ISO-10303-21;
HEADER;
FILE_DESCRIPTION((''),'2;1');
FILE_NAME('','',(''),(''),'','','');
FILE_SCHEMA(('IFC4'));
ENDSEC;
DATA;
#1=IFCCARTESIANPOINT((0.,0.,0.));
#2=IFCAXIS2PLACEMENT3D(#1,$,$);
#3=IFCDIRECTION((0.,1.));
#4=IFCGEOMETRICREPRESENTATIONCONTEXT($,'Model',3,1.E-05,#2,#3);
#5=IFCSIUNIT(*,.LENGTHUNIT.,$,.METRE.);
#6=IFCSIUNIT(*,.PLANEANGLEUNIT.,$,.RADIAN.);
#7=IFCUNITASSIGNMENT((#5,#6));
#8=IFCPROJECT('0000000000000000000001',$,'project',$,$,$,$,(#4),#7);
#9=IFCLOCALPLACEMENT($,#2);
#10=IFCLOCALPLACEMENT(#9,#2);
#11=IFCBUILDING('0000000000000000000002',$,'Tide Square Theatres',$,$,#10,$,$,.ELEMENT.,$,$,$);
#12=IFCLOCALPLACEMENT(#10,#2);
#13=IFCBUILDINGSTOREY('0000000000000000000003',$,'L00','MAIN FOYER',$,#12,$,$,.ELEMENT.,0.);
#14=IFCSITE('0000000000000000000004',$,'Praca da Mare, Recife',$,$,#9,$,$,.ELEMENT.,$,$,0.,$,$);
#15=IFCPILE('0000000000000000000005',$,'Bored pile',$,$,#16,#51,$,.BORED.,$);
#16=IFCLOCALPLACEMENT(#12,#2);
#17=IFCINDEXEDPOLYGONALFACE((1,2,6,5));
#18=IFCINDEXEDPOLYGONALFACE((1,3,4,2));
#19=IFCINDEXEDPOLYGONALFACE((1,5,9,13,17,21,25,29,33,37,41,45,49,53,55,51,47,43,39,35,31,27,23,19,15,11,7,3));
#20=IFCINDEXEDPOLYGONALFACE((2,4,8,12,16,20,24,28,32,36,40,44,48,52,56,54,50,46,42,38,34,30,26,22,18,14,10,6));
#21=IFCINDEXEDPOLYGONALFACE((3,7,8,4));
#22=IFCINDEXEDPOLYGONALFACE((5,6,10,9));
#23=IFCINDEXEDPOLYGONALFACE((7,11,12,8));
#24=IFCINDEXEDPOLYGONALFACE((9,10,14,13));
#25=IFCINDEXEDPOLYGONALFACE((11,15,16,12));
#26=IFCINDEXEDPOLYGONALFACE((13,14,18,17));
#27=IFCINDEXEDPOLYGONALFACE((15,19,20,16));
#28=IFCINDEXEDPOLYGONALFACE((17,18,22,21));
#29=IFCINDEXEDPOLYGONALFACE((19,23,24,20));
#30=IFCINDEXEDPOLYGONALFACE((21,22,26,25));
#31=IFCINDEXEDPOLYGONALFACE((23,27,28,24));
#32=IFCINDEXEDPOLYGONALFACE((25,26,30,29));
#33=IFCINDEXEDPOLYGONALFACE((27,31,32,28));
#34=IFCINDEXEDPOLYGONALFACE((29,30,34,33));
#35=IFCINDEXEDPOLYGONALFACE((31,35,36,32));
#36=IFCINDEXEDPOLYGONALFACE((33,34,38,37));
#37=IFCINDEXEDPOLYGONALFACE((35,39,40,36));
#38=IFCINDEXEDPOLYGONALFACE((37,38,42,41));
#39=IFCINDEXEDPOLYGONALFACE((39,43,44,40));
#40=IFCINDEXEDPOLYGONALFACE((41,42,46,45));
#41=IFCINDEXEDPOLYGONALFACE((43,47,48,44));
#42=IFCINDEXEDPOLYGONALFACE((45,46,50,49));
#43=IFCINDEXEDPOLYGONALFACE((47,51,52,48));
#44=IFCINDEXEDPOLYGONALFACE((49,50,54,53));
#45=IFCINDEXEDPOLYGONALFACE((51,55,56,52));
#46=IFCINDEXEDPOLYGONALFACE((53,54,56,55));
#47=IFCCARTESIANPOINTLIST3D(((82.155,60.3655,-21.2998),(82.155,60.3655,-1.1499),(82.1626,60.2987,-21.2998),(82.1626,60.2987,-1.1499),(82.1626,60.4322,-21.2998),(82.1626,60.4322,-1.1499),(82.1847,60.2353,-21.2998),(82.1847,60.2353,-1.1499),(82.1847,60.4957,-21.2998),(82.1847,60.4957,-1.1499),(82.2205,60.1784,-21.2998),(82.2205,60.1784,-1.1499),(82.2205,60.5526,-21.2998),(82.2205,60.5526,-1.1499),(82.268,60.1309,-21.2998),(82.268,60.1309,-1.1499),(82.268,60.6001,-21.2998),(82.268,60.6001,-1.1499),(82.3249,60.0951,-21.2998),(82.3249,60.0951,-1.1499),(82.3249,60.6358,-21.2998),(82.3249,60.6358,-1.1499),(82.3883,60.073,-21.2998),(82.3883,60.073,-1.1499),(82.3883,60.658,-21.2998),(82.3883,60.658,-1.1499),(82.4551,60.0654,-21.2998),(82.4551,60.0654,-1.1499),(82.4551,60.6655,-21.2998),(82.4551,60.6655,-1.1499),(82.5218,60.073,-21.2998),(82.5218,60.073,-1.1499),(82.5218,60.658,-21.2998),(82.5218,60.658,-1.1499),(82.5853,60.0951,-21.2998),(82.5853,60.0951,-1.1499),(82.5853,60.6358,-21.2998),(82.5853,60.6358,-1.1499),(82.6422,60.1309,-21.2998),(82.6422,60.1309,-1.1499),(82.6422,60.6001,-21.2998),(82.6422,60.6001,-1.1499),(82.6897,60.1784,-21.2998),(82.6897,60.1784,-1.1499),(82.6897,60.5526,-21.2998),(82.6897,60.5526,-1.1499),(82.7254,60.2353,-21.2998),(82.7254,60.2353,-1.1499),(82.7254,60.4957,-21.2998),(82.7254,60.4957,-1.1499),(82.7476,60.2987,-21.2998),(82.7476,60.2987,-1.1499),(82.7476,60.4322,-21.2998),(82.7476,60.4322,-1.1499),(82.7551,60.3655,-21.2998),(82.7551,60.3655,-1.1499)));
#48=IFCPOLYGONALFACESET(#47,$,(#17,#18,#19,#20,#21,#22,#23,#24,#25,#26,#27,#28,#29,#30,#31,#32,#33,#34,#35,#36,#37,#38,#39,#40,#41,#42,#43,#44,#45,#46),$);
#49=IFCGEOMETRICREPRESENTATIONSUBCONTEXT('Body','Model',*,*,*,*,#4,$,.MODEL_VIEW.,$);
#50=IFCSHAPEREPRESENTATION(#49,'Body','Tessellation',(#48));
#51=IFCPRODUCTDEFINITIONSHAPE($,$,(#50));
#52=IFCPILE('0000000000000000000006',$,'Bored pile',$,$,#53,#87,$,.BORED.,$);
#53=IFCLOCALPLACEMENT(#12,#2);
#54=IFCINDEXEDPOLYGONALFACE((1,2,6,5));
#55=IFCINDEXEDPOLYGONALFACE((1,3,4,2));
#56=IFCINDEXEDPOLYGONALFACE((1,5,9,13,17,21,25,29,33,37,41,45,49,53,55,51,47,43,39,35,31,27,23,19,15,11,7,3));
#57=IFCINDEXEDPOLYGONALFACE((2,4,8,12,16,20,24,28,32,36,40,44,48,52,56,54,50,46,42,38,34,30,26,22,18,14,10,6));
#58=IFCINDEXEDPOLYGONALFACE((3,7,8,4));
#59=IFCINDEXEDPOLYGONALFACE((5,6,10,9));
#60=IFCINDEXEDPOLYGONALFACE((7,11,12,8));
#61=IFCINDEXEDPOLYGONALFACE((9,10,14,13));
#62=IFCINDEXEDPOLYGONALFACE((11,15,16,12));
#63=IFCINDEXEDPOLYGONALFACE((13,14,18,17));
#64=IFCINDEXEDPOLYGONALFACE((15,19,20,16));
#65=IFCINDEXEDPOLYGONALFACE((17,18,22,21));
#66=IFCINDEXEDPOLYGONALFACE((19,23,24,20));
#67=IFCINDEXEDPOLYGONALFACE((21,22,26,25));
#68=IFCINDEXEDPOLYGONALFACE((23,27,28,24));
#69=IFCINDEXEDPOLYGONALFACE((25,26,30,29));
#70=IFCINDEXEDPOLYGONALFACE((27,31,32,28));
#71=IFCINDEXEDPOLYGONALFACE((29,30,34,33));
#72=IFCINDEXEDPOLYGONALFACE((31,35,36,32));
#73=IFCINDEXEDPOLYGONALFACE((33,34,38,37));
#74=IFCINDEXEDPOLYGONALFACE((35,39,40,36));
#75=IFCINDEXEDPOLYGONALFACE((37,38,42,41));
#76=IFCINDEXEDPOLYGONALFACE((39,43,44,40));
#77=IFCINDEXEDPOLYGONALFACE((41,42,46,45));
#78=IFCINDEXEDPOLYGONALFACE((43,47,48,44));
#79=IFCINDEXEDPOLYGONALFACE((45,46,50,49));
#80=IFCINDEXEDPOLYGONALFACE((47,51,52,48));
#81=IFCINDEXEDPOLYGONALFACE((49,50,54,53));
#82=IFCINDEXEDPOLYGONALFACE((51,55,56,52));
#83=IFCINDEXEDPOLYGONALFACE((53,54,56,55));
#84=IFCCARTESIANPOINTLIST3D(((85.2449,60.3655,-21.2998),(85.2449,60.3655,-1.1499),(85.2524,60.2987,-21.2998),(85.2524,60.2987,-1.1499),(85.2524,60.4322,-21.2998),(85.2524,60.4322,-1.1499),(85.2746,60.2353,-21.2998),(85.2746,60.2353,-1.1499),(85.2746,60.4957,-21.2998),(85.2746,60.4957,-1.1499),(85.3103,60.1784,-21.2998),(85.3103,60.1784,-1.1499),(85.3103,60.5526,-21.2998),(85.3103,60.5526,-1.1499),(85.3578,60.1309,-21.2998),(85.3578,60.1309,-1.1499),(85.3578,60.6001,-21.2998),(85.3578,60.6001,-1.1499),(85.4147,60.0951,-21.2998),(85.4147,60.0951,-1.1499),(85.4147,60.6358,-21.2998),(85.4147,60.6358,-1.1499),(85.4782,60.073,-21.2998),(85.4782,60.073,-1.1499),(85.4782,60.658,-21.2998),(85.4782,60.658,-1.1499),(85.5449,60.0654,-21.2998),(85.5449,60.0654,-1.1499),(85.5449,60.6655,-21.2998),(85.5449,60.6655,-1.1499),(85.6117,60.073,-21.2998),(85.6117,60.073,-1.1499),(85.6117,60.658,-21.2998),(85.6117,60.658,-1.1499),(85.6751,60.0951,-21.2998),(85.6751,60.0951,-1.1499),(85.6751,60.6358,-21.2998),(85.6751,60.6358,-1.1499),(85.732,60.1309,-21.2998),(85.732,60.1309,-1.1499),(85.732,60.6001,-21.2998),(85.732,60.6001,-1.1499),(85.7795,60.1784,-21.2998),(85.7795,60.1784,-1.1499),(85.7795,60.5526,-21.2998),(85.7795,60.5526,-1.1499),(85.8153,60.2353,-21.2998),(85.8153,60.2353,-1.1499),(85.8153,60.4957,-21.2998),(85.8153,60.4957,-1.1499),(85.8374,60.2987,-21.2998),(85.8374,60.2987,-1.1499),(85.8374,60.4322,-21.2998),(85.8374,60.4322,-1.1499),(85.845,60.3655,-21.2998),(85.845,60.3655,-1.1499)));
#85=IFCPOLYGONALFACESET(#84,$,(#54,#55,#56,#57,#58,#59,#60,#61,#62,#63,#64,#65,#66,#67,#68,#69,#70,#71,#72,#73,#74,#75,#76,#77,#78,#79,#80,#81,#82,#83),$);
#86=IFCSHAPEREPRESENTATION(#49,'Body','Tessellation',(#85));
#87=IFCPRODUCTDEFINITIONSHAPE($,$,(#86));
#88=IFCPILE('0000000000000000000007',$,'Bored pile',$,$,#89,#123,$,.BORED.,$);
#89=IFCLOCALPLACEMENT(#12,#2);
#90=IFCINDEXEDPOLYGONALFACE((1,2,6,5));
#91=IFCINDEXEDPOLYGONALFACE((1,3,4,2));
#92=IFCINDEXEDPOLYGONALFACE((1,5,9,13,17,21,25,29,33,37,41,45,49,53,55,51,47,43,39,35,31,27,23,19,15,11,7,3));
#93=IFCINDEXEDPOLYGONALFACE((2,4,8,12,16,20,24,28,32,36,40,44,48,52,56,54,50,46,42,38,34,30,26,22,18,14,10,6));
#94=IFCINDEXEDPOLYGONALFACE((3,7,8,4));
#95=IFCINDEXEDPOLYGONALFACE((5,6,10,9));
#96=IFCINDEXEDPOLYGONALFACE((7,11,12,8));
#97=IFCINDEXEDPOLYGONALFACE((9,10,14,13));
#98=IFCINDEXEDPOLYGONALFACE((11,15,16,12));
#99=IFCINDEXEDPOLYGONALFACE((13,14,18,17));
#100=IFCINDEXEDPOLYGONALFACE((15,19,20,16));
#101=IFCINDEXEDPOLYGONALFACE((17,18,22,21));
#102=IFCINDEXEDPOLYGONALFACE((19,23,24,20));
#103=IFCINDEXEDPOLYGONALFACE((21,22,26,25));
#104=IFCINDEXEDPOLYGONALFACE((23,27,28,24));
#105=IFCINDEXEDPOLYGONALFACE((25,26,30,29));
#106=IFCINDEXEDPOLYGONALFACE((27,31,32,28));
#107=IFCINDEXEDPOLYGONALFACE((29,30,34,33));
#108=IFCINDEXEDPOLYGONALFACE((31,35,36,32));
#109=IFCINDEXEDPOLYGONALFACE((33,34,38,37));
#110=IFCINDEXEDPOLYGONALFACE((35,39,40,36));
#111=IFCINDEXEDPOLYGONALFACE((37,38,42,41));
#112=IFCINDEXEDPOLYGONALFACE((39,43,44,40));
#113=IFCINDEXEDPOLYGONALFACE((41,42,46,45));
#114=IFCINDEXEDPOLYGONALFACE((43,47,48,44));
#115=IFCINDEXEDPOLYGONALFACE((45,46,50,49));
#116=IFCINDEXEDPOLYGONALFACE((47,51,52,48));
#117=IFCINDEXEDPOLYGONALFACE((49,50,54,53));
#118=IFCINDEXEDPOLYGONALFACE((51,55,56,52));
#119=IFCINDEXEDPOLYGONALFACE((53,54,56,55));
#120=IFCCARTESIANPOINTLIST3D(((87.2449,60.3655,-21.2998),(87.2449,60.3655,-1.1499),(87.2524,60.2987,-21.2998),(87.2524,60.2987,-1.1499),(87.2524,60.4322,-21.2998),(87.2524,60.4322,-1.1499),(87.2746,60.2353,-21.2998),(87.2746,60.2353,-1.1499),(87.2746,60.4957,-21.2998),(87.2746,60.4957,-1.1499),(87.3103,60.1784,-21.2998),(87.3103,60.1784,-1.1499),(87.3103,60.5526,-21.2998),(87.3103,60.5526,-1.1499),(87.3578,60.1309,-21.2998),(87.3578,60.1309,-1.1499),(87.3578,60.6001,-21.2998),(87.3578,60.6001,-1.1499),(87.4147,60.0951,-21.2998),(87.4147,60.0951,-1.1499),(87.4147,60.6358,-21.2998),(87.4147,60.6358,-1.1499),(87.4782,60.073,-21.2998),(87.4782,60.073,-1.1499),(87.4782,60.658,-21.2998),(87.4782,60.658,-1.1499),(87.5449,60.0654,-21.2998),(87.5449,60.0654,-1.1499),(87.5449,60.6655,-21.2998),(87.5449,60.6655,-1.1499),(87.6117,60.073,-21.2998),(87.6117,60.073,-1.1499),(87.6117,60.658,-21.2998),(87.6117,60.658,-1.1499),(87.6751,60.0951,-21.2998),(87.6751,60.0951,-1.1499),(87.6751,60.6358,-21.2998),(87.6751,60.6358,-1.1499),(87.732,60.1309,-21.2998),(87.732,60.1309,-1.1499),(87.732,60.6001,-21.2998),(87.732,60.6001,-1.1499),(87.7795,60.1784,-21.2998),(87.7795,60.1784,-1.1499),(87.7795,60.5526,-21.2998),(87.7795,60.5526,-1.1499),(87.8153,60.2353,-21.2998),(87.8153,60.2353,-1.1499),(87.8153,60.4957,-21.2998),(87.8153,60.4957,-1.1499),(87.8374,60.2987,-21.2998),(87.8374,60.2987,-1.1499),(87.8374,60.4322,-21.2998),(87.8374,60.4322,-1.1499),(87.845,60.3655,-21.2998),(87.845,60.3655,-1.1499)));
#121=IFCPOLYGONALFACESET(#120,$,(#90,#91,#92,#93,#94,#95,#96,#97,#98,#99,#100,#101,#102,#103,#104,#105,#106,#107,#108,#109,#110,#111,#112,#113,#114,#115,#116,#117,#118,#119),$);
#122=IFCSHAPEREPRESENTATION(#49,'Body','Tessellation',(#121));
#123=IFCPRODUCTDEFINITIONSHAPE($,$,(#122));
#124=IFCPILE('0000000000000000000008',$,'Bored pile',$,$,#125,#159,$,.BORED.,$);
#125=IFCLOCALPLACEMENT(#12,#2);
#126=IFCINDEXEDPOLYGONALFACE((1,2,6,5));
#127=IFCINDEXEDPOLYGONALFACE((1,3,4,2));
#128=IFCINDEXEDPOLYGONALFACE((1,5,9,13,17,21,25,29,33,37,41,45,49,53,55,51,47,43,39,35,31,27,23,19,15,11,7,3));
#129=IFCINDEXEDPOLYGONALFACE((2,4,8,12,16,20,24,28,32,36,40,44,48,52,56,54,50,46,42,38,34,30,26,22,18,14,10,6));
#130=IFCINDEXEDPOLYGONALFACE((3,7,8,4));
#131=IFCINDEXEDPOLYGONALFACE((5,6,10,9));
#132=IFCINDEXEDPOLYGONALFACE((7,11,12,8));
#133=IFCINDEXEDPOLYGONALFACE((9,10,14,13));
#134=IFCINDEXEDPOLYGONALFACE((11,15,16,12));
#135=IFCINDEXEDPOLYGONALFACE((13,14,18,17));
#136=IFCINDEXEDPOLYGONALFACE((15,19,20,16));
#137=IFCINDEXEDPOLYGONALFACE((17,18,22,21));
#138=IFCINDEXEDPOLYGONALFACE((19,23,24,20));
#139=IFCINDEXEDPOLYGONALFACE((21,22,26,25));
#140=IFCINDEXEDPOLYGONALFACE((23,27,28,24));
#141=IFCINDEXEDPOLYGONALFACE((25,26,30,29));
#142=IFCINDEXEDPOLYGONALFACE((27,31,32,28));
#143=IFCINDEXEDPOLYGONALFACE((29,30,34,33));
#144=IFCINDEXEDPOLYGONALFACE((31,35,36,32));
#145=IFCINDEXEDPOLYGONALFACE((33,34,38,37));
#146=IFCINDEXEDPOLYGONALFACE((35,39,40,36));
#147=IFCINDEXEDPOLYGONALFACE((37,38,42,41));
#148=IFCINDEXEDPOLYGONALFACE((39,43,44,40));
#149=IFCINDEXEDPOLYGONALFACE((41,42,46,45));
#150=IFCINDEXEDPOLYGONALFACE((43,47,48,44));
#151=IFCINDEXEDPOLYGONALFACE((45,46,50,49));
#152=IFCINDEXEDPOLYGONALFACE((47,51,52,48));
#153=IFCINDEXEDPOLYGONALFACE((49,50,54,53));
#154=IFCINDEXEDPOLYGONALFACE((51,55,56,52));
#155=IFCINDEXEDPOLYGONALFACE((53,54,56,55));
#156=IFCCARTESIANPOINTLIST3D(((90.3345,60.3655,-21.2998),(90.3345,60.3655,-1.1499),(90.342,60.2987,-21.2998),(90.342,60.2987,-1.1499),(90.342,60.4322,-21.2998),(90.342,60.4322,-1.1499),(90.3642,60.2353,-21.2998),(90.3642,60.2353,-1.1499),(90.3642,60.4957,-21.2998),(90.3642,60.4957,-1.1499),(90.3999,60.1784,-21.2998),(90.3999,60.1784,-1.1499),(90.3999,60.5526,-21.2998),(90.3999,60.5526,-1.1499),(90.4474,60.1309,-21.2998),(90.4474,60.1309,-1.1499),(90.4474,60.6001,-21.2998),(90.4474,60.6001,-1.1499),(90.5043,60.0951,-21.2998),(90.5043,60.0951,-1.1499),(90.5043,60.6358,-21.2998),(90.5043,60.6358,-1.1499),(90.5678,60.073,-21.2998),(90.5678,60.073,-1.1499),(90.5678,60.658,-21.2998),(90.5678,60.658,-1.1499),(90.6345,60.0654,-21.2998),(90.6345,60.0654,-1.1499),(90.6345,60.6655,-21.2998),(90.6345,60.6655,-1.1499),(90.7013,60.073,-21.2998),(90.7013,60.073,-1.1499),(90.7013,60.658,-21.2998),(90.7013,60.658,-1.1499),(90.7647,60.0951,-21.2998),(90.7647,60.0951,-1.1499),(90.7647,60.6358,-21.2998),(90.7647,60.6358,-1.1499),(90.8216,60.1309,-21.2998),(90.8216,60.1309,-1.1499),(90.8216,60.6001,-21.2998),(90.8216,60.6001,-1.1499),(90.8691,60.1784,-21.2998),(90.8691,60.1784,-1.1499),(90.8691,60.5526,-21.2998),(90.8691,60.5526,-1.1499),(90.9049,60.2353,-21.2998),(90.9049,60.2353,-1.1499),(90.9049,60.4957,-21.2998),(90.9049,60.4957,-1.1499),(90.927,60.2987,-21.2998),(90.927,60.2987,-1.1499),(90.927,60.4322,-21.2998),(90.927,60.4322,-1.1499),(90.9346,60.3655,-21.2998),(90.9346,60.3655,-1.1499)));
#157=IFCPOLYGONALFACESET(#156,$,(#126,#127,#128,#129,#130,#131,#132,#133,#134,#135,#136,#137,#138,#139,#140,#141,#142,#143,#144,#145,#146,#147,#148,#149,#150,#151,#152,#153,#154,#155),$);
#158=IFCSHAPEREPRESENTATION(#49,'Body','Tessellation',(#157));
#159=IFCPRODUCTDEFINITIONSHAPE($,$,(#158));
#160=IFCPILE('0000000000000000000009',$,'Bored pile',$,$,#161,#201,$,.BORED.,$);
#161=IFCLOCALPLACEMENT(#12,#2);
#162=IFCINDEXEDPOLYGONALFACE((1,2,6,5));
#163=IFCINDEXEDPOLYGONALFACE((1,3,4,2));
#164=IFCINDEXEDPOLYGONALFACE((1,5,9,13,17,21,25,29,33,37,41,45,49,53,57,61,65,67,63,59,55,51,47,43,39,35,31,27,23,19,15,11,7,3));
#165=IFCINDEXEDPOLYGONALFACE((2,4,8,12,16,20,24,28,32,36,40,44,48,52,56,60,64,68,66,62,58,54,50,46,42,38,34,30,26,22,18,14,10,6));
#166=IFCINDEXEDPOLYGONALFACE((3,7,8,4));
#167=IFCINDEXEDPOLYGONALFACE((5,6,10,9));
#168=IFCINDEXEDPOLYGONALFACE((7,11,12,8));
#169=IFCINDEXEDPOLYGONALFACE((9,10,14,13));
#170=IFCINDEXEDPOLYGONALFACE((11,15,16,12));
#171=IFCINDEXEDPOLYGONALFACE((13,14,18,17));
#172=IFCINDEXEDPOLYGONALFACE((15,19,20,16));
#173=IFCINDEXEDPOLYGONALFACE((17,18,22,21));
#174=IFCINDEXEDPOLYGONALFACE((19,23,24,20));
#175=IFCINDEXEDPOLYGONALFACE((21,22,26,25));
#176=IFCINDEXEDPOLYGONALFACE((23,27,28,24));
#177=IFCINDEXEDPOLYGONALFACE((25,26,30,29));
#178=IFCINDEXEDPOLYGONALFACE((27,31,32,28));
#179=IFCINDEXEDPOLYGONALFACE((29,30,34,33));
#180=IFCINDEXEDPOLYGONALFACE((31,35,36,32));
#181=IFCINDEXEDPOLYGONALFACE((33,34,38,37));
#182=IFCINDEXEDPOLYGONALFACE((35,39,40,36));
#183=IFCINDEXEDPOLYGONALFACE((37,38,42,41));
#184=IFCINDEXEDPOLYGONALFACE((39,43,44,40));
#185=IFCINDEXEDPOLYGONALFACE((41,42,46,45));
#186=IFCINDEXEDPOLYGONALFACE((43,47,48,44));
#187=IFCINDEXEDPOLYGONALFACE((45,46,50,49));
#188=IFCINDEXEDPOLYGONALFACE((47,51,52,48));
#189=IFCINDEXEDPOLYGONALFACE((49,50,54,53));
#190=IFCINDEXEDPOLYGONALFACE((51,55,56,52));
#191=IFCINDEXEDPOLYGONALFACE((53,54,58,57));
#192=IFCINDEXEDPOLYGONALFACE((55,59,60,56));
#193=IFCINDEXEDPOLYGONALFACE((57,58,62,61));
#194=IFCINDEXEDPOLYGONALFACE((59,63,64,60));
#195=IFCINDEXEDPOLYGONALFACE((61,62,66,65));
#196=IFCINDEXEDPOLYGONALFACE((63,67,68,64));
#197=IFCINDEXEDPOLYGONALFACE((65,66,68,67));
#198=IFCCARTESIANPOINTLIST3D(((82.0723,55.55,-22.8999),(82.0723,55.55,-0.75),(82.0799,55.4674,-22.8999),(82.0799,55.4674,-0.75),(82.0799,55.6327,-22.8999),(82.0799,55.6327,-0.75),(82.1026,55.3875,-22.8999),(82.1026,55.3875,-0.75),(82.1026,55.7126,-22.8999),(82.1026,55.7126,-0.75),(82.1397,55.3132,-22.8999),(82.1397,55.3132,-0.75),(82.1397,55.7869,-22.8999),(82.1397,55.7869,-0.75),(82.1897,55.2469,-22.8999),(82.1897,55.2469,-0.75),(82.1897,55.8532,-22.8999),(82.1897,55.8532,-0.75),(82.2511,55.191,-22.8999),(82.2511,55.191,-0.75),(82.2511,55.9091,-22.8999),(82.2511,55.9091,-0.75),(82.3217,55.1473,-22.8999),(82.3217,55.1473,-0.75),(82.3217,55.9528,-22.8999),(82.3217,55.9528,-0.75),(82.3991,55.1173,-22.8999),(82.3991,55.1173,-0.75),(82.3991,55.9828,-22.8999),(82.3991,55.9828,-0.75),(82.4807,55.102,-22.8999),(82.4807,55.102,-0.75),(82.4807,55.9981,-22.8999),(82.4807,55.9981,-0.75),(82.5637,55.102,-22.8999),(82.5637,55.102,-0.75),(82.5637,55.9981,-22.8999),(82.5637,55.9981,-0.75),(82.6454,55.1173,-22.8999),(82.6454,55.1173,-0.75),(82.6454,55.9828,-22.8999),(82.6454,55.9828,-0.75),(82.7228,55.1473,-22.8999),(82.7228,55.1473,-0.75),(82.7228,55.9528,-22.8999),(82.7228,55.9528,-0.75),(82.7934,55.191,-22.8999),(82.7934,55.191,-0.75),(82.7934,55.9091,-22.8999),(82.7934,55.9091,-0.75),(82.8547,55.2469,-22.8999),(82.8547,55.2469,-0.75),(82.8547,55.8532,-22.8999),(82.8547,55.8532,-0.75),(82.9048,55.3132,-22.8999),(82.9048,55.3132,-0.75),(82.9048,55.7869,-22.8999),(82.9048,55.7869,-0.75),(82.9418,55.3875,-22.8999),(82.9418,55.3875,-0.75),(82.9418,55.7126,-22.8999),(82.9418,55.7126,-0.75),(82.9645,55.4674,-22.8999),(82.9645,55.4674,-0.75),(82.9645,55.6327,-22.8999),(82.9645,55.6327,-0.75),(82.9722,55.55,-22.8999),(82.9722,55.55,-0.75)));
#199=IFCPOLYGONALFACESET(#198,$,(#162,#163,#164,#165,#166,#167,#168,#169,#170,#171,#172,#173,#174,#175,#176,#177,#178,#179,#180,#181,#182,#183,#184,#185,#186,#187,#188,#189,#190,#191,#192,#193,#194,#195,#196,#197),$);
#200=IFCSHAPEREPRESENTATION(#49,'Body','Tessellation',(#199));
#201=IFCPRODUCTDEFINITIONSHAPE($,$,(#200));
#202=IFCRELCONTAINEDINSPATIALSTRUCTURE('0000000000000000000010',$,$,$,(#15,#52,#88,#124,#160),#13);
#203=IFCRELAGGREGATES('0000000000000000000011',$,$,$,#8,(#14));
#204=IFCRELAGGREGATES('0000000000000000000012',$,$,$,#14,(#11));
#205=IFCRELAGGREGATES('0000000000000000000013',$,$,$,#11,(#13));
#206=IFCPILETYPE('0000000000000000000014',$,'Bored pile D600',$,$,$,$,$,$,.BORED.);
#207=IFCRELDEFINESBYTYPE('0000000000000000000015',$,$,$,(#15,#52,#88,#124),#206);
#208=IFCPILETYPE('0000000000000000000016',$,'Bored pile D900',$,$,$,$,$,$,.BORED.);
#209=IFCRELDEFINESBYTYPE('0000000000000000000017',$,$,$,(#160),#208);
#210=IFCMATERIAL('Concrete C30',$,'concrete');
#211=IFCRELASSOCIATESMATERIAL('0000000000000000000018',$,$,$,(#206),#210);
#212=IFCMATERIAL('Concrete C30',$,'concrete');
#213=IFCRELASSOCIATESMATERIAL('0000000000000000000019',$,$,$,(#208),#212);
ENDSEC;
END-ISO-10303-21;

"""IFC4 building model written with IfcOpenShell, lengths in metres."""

from ifc_helpers import new_model, si_unit, direction, frame, origin, origin_2d, place, context, subcontext, project, spatial, circle, extrude, material, material_profile, profile_set, type_object, element, save


model = new_model("IFC4")

# Units and contexts
model_context = context("Model", 3, precision=1e-05, world=origin(), true_north=direction((0.0, 1.0)))
body_context = subcontext(model_context, "Body", "Model", "MODEL_VIEW")
ifc_project = project(units=[si_unit("LENGTHUNIT", "METRE"), si_unit("PLANEANGLEUNIT", "RADIAN")], contexts=[model_context])

# Site, building, storey
site_placement = place(None, origin())
site = spatial("IfcSite", under=ifc_project, at=site_placement, Name="Praca da Mare, Recife", CompositionType="ELEMENT", RefElevation=0.0)
building_placement = place(site_placement, origin())
building = spatial("IfcBuilding", under=site, at=building_placement, Name="Tide Square Theatres", CompositionType="ELEMENT")
storey_placement = place(building_placement, origin())
storey = spatial("IfcBuildingStorey", under=building, at=storey_placement, Name="L00", Description="MAIN FOYER", CompositionType="ELEMENT", Elevation=0.0)

# Piles
ifc_material_1 = material(Name="Concrete C30", Category="concrete")
ifc_material_profile_1 = material_profile(ifc_material_1, circle(Radius=0.3, at=origin_2d()))
ifc_profile_set_1 = profile_set([ifc_material_profile_1], Name="Concrete C30")
pile_type_1 = type_object("IfcPileType", Name="Bored pile D600", PredefinedType="BORED", material=ifc_profile_set_1)
for number, where, z_axis, x_axis, name in (
    (1, (82.4551, 60.3655, -1.1499), (0.0, 0.0, -1.0), (1.0, 0.0, 0.0), "Bored pile"),
    (2, (85.5449, 60.3655, -1.1499), (0.0, 0.0, -1.0), (1.0, 0.0, 0.0), "Bored pile"),
    (3, (87.5449, 60.3655, -1.1499), (0.0, 0.0, -1.0), (1.0, 0.0, 0.0), "Bored pile"),
    (4, (90.6345, 60.3655, -1.1499), (0.0, 0.0, -1.0), (1.0, 0.0, 0.0), "Bored pile"),
):
    element("IfcPile", number, at=place(storey_placement, frame(where, z_axis=z_axis, x_axis=x_axis)), inside=storey, type_object=pile_type_1, Name=name, PredefinedType="BORED", context=body_context, shape_type="SweptSolid", body=[
        extrude(circle(Radius=0.3, at=origin_2d()), origin(), (0.0, 0.0, 1.0), 20.1499),
    ])
ifc_material_2 = material(Name="Concrete C30", Category="concrete")
ifc_material_profile_2 = material_profile(ifc_material_2, circle(Radius=0.45, at=origin_2d()))
ifc_profile_set_2 = profile_set([ifc_material_profile_2], Name="Concrete C30")
pile_type_2 = type_object("IfcPileType", Name="Bored pile D900", PredefinedType="BORED", material=ifc_profile_set_2)
for number, where, z_axis, x_axis, name in (
    (5, (82.5222, 55.55, -0.75), (0.0, 0.0, -1.0), (1.0, 0.0, 0.0), "Bored pile"),
):
    element("IfcPile", number, at=place(storey_placement, frame(where, z_axis=z_axis, x_axis=x_axis)), inside=storey, type_object=pile_type_2, Name=name, PredefinedType="BORED", context=body_context, shape_type="SweptSolid", body=[
        extrude(circle(Radius=0.45, at=origin_2d()), origin(), (0.0, 0.0, 1.0), 22.1499),
    ])

save(model, "model.ifc")
